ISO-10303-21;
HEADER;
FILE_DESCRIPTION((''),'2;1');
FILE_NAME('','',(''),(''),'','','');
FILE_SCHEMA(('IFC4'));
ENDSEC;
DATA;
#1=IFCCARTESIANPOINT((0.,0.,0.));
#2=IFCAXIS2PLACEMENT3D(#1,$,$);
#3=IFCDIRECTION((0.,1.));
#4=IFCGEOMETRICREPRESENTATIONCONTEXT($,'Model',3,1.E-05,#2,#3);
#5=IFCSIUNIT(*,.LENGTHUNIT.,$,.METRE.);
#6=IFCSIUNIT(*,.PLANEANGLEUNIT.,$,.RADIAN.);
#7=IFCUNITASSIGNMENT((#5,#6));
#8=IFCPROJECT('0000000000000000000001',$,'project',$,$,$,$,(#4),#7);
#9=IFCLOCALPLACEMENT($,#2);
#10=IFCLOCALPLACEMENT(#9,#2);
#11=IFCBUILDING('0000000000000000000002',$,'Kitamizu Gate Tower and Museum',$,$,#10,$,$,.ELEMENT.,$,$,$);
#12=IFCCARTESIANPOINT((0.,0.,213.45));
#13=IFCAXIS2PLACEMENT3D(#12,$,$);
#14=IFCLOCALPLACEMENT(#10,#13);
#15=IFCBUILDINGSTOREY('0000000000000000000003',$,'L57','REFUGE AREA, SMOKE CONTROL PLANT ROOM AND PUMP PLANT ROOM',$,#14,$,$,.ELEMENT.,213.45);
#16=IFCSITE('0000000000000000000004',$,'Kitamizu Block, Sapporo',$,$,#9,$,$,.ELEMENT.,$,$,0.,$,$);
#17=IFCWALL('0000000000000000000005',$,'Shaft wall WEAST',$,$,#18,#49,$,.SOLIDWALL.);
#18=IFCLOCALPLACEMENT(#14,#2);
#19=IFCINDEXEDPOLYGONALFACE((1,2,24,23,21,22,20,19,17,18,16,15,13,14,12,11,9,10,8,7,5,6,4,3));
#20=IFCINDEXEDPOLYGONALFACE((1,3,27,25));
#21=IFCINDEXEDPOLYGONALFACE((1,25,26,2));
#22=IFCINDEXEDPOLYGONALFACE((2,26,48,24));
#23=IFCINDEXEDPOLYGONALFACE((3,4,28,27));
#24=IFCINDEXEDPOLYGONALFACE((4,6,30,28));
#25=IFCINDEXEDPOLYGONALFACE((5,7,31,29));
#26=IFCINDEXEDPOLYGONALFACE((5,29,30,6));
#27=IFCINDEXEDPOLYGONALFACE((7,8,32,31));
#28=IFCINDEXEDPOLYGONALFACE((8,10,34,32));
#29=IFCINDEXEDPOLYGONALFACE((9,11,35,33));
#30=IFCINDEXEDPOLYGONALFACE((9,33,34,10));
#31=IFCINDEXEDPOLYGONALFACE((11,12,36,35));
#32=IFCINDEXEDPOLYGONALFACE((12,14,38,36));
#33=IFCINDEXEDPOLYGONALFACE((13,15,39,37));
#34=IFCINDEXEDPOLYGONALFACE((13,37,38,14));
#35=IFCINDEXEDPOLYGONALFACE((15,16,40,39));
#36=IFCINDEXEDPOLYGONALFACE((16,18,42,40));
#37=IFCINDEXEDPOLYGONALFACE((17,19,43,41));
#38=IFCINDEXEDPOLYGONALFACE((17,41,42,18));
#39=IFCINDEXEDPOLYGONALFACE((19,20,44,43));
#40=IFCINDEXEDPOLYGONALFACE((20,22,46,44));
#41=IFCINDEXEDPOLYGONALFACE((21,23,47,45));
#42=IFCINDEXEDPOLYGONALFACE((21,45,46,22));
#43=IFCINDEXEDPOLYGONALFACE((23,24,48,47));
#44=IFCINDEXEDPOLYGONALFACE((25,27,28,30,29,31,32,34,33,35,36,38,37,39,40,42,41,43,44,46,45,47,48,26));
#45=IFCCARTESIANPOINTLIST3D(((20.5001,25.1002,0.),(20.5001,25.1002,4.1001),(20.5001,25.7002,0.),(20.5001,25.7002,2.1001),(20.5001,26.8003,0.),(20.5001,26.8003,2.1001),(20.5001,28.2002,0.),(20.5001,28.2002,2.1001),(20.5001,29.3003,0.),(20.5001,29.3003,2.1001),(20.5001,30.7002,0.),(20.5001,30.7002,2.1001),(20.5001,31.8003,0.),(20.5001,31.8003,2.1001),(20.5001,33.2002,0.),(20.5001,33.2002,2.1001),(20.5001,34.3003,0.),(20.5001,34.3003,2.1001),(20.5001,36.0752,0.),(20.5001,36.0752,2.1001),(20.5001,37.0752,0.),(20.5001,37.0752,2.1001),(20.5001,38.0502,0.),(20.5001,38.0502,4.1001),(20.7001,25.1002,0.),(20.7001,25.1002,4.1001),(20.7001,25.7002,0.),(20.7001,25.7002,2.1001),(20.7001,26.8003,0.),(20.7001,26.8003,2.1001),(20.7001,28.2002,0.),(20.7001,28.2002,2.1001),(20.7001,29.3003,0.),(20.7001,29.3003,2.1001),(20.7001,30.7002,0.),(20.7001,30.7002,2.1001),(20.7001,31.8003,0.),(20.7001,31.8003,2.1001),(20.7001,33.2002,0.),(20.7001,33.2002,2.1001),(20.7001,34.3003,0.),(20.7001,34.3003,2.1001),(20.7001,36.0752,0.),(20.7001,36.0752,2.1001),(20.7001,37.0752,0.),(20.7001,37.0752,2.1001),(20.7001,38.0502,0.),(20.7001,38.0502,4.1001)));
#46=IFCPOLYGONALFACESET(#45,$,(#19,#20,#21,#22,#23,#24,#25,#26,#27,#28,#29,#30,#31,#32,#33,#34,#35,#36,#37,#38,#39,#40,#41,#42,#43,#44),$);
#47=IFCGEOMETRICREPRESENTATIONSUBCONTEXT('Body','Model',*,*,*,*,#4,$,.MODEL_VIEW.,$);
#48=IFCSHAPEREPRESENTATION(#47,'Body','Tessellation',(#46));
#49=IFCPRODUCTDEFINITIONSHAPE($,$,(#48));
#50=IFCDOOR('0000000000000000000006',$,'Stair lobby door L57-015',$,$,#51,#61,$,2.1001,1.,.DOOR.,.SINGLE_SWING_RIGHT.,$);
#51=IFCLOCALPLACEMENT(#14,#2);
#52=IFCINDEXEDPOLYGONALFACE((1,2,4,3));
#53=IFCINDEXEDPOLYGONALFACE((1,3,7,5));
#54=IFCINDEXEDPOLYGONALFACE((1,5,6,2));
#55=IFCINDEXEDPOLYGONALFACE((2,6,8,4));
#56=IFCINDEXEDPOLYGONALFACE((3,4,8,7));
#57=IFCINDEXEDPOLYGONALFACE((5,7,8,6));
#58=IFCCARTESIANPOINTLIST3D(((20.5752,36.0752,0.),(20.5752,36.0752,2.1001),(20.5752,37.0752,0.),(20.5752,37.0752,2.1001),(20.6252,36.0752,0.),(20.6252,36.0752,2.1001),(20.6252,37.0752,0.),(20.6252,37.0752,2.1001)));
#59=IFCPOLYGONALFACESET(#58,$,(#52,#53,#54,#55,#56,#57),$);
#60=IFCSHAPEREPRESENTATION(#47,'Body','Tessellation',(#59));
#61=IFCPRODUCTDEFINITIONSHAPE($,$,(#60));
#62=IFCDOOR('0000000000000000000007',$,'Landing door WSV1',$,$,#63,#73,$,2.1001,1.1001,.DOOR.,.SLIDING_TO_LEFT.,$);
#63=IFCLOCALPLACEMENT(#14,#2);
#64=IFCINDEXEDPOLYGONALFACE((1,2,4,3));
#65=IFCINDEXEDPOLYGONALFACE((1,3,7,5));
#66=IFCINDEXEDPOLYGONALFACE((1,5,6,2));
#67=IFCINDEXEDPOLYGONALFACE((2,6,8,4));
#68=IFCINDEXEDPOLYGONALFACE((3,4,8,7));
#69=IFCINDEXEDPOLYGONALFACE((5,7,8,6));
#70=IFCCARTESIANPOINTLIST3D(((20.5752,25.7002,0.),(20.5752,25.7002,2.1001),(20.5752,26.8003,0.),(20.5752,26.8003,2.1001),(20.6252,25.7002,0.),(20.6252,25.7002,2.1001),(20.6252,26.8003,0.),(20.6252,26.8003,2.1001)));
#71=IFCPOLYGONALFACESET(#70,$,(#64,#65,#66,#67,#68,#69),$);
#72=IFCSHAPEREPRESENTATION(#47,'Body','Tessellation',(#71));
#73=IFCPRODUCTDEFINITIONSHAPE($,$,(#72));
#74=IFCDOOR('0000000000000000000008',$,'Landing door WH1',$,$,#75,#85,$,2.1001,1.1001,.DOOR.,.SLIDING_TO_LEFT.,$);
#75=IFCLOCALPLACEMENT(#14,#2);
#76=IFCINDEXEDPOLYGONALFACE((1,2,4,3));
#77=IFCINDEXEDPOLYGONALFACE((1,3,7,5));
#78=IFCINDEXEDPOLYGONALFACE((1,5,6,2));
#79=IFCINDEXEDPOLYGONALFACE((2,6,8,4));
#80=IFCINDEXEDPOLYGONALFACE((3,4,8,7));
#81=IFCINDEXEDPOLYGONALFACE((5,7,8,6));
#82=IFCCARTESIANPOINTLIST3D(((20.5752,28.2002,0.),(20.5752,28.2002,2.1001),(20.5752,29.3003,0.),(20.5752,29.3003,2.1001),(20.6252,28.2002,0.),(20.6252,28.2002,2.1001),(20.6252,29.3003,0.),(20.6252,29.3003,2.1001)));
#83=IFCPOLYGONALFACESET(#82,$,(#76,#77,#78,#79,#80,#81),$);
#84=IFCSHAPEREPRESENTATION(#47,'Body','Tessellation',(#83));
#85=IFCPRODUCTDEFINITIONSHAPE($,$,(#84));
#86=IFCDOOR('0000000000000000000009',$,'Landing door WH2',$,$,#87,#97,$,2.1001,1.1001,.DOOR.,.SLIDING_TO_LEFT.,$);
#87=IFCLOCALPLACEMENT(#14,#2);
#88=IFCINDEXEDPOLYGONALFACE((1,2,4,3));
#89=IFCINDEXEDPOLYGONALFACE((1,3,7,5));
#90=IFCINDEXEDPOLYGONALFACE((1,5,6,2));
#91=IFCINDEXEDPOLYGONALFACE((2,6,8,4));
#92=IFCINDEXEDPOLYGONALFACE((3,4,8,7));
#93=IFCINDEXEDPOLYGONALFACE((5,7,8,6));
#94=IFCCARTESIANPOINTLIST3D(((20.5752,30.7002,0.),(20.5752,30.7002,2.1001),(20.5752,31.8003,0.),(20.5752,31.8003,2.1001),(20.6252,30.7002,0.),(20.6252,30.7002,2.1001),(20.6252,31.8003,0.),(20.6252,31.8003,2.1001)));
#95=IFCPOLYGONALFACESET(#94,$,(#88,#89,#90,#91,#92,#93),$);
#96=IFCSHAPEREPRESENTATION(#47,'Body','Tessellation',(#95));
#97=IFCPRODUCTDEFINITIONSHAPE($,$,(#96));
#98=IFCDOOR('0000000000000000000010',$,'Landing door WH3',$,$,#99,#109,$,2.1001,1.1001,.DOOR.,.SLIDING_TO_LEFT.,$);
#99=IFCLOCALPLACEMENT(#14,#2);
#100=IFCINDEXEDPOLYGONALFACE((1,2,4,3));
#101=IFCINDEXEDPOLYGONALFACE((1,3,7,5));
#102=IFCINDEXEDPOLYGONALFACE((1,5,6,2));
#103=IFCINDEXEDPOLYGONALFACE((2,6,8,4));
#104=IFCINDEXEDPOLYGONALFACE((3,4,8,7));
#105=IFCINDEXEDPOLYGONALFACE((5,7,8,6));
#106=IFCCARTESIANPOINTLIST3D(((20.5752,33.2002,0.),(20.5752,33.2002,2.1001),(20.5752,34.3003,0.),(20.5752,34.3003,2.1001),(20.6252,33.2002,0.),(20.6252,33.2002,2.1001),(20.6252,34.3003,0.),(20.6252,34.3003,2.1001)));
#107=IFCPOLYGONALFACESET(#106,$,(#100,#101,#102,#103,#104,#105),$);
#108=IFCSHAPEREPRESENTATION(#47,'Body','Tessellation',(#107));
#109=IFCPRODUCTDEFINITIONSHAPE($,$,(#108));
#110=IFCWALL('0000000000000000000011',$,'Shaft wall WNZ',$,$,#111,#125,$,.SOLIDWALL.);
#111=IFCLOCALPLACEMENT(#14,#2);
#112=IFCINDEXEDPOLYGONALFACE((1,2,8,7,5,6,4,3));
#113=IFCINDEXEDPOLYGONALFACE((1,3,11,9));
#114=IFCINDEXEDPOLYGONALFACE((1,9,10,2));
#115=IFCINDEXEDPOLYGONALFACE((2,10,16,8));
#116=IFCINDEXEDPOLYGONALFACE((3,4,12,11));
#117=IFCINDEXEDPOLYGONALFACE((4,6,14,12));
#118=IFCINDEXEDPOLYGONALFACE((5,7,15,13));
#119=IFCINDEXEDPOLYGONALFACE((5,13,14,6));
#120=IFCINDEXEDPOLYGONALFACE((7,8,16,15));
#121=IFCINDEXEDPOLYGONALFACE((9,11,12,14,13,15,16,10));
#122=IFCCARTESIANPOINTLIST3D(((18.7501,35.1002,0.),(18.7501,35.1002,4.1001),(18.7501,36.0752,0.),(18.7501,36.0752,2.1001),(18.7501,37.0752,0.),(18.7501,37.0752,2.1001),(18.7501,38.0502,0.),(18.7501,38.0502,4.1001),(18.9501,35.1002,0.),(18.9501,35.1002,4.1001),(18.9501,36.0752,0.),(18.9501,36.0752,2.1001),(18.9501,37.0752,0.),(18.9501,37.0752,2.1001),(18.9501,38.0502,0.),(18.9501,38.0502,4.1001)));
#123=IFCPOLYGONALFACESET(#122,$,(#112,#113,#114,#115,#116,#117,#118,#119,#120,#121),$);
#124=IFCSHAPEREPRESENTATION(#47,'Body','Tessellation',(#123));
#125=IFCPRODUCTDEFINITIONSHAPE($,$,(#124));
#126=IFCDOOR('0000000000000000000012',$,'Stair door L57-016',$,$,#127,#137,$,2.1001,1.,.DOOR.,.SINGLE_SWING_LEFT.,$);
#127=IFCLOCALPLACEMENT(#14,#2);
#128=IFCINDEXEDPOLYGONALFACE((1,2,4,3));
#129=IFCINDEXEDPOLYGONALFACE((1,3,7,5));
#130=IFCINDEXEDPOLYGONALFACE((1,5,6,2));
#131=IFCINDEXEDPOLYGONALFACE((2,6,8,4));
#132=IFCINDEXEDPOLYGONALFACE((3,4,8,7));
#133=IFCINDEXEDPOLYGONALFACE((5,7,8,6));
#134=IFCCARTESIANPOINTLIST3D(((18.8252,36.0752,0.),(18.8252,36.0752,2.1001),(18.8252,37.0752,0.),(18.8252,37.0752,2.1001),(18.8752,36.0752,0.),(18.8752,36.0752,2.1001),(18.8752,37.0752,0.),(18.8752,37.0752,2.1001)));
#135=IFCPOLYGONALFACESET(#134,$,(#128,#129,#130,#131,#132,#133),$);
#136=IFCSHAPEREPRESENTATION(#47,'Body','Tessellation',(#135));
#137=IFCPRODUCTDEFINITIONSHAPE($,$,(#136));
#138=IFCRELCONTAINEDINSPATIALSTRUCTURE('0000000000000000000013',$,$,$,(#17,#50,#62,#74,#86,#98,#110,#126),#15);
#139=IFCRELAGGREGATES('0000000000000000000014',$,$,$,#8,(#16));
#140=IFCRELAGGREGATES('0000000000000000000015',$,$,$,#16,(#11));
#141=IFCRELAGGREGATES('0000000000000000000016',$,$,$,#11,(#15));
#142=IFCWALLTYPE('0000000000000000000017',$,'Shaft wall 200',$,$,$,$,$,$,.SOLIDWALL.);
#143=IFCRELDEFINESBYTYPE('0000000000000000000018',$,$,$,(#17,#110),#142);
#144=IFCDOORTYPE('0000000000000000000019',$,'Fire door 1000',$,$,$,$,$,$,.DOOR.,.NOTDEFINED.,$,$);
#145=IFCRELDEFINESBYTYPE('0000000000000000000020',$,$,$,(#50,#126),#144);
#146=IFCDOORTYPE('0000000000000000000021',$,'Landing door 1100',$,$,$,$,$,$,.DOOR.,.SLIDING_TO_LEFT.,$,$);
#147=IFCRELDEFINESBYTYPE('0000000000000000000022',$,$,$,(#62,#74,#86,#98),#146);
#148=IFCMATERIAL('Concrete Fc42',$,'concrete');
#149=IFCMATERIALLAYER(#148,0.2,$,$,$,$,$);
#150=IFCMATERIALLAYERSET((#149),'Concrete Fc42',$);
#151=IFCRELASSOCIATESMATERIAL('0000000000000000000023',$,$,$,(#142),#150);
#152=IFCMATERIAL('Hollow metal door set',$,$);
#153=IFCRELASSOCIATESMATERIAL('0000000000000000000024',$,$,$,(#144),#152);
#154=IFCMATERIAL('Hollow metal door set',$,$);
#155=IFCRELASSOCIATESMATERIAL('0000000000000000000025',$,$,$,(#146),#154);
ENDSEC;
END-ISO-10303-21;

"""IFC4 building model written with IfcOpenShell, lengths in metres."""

from ifc_helpers import new_model, si_unit, direction, frame, frame_2d, origin, place, context, subcontext, project, spatial, rectangle, extrude, material, layer, layer_set, type_object, element, fill, save


model = new_model("IFC4")

# Units and contexts
model_context = context("Model", 3, precision=1e-05, world=origin(), true_north=direction((0.0, 1.0)))
body_context = subcontext(model_context, "Body", "Model", "MODEL_VIEW")
ifc_project = project(units=[si_unit("LENGTHUNIT", "METRE"), si_unit("PLANEANGLEUNIT", "RADIAN")], contexts=[model_context])

# Site, building, storey
site_placement = place(None, origin())
site = spatial("IfcSite", under=ifc_project, at=site_placement, Name="Kitamizu Block, Sapporo", CompositionType="ELEMENT", RefElevation=0.0)
building_placement = place(site_placement, origin())
building = spatial("IfcBuilding", under=site, at=building_placement, Name="Kitamizu Gate Tower and Museum", CompositionType="ELEMENT")
storey_placement = place(building_placement, frame((0.0, 0.0, 213.45)))
storey = spatial("IfcBuildingStorey", under=building, at=storey_placement, Name="L57", Description="REFUGE AREA, SMOKE CONTROL PLANT ROOM AND PUMP PLANT ROOM", CompositionType="ELEMENT", Elevation=213.45)

# Wall, openings, doors
ifc_material_1 = material(Name="Concrete Fc42", Category="concrete")
ifc_layer_1 = layer(ifc_material_1, 0.2)
ifc_layer_set_1 = layer_set([ifc_layer_1], Name="Concrete Fc42")
wall_type_1 = type_object("IfcWallType", Name="Shaft wall 200", PredefinedType="SOLIDWALL", material=ifc_layer_set_1)
wall_1_placement = place(storey_placement, frame((20.6001, 25.1001, 0.0), z_axis=(0.0, 0.0, 1.0), x_axis=(0.0, 1.0, 0.0)))
wall_1 = element("IfcWall", 1, at=wall_1_placement, inside=storey, type_object=wall_type_1, Name="Shaft wall WEAST", PredefinedType="SOLIDWALL", context=body_context, shape_type="SweptSolid", body=[
    extrude(rectangle(XDim=12.95, YDim=0.2, at=frame_2d((6.4751, 0.0))), origin(), (0.0, 0.0, 1.0), 4.1001),
])
opening_1_placement = place(wall_1_placement, frame((0.6001, 0.0, 0.0)))
opening_1 = element("IfcOpeningElement", 2, at=opening_1_placement, cuts=wall_1, PredefinedType="OPENING", context=body_context, shape_type="SweptSolid", body=[
    extrude(rectangle(XDim=1.1001, YDim=2.1001, at=frame_2d((0.55, 1.05))), frame((0.0, 0.1099, 0.0), z_axis=(0.0, -1.0, 0.0), x_axis=(1.0, 0.0, 0.0)), (0.0, 0.0, 1.0), 0.22),
])
opening_2_placement = place(wall_1_placement, frame((3.1001, 0.0, 0.0)))
opening_2 = element("IfcOpeningElement", 3, at=opening_2_placement, cuts=wall_1, PredefinedType="OPENING", context=body_context, shape_type="SweptSolid", body=[
    extrude(rectangle(XDim=1.1001, YDim=2.1001, at=frame_2d((0.55, 1.05))), frame((0.0, 0.1099, 0.0), z_axis=(0.0, -1.0, 0.0), x_axis=(1.0, 0.0, 0.0)), (0.0, 0.0, 1.0), 0.22),
])
opening_3_placement = place(wall_1_placement, frame((5.6001, 0.0, 0.0)))
opening_3 = element("IfcOpeningElement", 4, at=opening_3_placement, cuts=wall_1, PredefinedType="OPENING", context=body_context, shape_type="SweptSolid", body=[
    extrude(rectangle(XDim=1.1001, YDim=2.1001, at=frame_2d((0.55, 1.05))), frame((0.0, 0.1099, 0.0), z_axis=(0.0, -1.0, 0.0), x_axis=(1.0, 0.0, 0.0)), (0.0, 0.0, 1.0), 0.22),
])
opening_4_placement = place(wall_1_placement, frame((8.1001, 0.0, 0.0)))
opening_4 = element("IfcOpeningElement", 5, at=opening_4_placement, cuts=wall_1, PredefinedType="OPENING", context=body_context, shape_type="SweptSolid", body=[
    extrude(rectangle(XDim=1.1001, YDim=2.1001, at=frame_2d((0.55, 1.05))), frame((0.0, 0.1099, 0.0), z_axis=(0.0, -1.0, 0.0), x_axis=(1.0, 0.0, 0.0)), (0.0, 0.0, 1.0), 0.22),
])
opening_5_placement = place(wall_1_placement, frame((10.9751, 0.0, 0.0)))
opening_5 = element("IfcOpeningElement", 6, at=opening_5_placement, cuts=wall_1, PredefinedType="OPENING", context=body_context, shape_type="SweptSolid", body=[
    extrude(rectangle(XDim=1.0, YDim=2.1001, at=frame_2d((0.5, 1.05))), frame((0.0, 0.1099, 0.0), z_axis=(0.0, -1.0, 0.0), x_axis=(1.0, 0.0, 0.0)), (0.0, 0.0, 1.0), 0.22),
])
ifc_material_2 = material(Name="Hollow metal door set")
door_type_1 = type_object("IfcDoorType", Name="Fire door 1000", OperationType="NOTDEFINED", PredefinedType="DOOR", material=ifc_material_2)
door_1_placement = place(opening_5_placement, origin())
door_1 = element("IfcDoor", 7, at=door_1_placement, inside=storey, type_object=door_type_1, Name="Stair lobby door L57-015", OperationType="SINGLE_SWING_RIGHT", OverallHeight=2.1001, OverallWidth=1.0, PredefinedType="DOOR", context=body_context, shape_type="SweptSolid", body=[
    extrude(rectangle(XDim=1.0, YDim=2.1001, at=frame_2d((0.5, 1.05))), frame((0.0, 0.0249, 0.0), z_axis=(0.0, -1.0, 0.0), x_axis=(1.0, 0.0, 0.0)), (0.0, 0.0, 1.0), 0.05),
])
fill(opening_5, door_1)
ifc_material_3 = material(Name="Hollow metal door set")
door_type_2 = type_object("IfcDoorType", Name="Landing door 1100", OperationType="SLIDING_TO_LEFT", PredefinedType="DOOR", material=ifc_material_3)
door_2_placement = place(opening_1_placement, origin())
door_2 = element("IfcDoor", 8, at=door_2_placement, inside=storey, type_object=door_type_2, Name="Landing door WSV1", OperationType="SLIDING_TO_LEFT", OverallHeight=2.1001, OverallWidth=1.1001, PredefinedType="DOOR", context=body_context, shape_type="SweptSolid", body=[
    extrude(rectangle(XDim=1.1001, YDim=2.1001, at=frame_2d((0.55, 1.05))), frame((0.0, 0.0249, 0.0), z_axis=(0.0, -1.0, 0.0), x_axis=(1.0, 0.0, 0.0)), (0.0, 0.0, 1.0), 0.05),
])
fill(opening_1, door_2)
door_3_placement = place(opening_2_placement, origin())
door_3 = element("IfcDoor", 9, at=door_3_placement, inside=storey, type_object=door_type_2, Name="Landing door WH1", OperationType="SLIDING_TO_LEFT", OverallHeight=2.1001, OverallWidth=1.1001, PredefinedType="DOOR", context=body_context, shape_type="SweptSolid", body=[
    extrude(rectangle(XDim=1.1001, YDim=2.1001, at=frame_2d((0.55, 1.05))), frame((0.0, 0.0249, 0.0), z_axis=(0.0, -1.0, 0.0), x_axis=(1.0, 0.0, 0.0)), (0.0, 0.0, 1.0), 0.05),
])
fill(opening_2, door_3)
door_4_placement = place(opening_3_placement, origin())
door_4 = element("IfcDoor", 10, at=door_4_placement, inside=storey, type_object=door_type_2, Name="Landing door WH2", OperationType="SLIDING_TO_LEFT", OverallHeight=2.1001, OverallWidth=1.1001, PredefinedType="DOOR", context=body_context, shape_type="SweptSolid", body=[
    extrude(rectangle(XDim=1.1001, YDim=2.1001, at=frame_2d((0.55, 1.05))), frame((0.0, 0.0249, 0.0), z_axis=(0.0, -1.0, 0.0), x_axis=(1.0, 0.0, 0.0)), (0.0, 0.0, 1.0), 0.05),
])
fill(opening_3, door_4)
door_5_placement = place(opening_4_placement, origin())
door_5 = element("IfcDoor", 11, at=door_5_placement, inside=storey, type_object=door_type_2, Name="Landing door WH3", OperationType="SLIDING_TO_LEFT", OverallHeight=2.1001, OverallWidth=1.1001, PredefinedType="DOOR", context=body_context, shape_type="SweptSolid", body=[
    extrude(rectangle(XDim=1.1001, YDim=2.1001, at=frame_2d((0.55, 1.05))), frame((0.0, 0.0249, 0.0), z_axis=(0.0, -1.0, 0.0), x_axis=(1.0, 0.0, 0.0)), (0.0, 0.0, 1.0), 0.05),
])
fill(opening_4, door_5)

# Wall, opening, door
wall_2_placement = place(storey_placement, frame((18.8501, 35.1001, 0.0), z_axis=(0.0, 0.0, 1.0), x_axis=(0.0, 1.0, 0.0)))
wall_2 = element("IfcWall", 12, at=wall_2_placement, inside=storey, type_object=wall_type_1, Name="Shaft wall WNZ", PredefinedType="SOLIDWALL", context=body_context, shape_type="SweptSolid", body=[
    extrude(rectangle(XDim=2.95, YDim=0.2, at=frame_2d((1.4751, 0.0))), origin(), (0.0, 0.0, 1.0), 4.1001),
])
opening_6_placement = place(wall_2_placement, frame((0.9751, 0.0, 0.0)))
opening_6 = element("IfcOpeningElement", 13, at=opening_6_placement, cuts=wall_2, PredefinedType="OPENING", context=body_context, shape_type="SweptSolid", body=[
    extrude(rectangle(XDim=1.0, YDim=2.1001, at=frame_2d((0.5, 1.05))), frame((0.0, 0.1099, 0.0), z_axis=(0.0, -1.0, 0.0), x_axis=(1.0, 0.0, 0.0)), (0.0, 0.0, 1.0), 0.22),
])
door_6_placement = place(opening_6_placement, origin())
door_6 = element("IfcDoor", 14, at=door_6_placement, inside=storey, type_object=door_type_1, Name="Stair door L57-016", OperationType="SINGLE_SWING_LEFT", OverallHeight=2.1001, OverallWidth=1.0, PredefinedType="DOOR", context=body_context, shape_type="SweptSolid", body=[
    extrude(rectangle(XDim=1.0, YDim=2.1001, at=frame_2d((0.5, 1.05))), frame((0.0, 0.0249, 0.0), z_axis=(0.0, -1.0, 0.0), x_axis=(1.0, 0.0, 0.0)), (0.0, 0.0, 1.0), 0.05),
])
fill(opening_6, door_6)

save(model, "model.ifc")
